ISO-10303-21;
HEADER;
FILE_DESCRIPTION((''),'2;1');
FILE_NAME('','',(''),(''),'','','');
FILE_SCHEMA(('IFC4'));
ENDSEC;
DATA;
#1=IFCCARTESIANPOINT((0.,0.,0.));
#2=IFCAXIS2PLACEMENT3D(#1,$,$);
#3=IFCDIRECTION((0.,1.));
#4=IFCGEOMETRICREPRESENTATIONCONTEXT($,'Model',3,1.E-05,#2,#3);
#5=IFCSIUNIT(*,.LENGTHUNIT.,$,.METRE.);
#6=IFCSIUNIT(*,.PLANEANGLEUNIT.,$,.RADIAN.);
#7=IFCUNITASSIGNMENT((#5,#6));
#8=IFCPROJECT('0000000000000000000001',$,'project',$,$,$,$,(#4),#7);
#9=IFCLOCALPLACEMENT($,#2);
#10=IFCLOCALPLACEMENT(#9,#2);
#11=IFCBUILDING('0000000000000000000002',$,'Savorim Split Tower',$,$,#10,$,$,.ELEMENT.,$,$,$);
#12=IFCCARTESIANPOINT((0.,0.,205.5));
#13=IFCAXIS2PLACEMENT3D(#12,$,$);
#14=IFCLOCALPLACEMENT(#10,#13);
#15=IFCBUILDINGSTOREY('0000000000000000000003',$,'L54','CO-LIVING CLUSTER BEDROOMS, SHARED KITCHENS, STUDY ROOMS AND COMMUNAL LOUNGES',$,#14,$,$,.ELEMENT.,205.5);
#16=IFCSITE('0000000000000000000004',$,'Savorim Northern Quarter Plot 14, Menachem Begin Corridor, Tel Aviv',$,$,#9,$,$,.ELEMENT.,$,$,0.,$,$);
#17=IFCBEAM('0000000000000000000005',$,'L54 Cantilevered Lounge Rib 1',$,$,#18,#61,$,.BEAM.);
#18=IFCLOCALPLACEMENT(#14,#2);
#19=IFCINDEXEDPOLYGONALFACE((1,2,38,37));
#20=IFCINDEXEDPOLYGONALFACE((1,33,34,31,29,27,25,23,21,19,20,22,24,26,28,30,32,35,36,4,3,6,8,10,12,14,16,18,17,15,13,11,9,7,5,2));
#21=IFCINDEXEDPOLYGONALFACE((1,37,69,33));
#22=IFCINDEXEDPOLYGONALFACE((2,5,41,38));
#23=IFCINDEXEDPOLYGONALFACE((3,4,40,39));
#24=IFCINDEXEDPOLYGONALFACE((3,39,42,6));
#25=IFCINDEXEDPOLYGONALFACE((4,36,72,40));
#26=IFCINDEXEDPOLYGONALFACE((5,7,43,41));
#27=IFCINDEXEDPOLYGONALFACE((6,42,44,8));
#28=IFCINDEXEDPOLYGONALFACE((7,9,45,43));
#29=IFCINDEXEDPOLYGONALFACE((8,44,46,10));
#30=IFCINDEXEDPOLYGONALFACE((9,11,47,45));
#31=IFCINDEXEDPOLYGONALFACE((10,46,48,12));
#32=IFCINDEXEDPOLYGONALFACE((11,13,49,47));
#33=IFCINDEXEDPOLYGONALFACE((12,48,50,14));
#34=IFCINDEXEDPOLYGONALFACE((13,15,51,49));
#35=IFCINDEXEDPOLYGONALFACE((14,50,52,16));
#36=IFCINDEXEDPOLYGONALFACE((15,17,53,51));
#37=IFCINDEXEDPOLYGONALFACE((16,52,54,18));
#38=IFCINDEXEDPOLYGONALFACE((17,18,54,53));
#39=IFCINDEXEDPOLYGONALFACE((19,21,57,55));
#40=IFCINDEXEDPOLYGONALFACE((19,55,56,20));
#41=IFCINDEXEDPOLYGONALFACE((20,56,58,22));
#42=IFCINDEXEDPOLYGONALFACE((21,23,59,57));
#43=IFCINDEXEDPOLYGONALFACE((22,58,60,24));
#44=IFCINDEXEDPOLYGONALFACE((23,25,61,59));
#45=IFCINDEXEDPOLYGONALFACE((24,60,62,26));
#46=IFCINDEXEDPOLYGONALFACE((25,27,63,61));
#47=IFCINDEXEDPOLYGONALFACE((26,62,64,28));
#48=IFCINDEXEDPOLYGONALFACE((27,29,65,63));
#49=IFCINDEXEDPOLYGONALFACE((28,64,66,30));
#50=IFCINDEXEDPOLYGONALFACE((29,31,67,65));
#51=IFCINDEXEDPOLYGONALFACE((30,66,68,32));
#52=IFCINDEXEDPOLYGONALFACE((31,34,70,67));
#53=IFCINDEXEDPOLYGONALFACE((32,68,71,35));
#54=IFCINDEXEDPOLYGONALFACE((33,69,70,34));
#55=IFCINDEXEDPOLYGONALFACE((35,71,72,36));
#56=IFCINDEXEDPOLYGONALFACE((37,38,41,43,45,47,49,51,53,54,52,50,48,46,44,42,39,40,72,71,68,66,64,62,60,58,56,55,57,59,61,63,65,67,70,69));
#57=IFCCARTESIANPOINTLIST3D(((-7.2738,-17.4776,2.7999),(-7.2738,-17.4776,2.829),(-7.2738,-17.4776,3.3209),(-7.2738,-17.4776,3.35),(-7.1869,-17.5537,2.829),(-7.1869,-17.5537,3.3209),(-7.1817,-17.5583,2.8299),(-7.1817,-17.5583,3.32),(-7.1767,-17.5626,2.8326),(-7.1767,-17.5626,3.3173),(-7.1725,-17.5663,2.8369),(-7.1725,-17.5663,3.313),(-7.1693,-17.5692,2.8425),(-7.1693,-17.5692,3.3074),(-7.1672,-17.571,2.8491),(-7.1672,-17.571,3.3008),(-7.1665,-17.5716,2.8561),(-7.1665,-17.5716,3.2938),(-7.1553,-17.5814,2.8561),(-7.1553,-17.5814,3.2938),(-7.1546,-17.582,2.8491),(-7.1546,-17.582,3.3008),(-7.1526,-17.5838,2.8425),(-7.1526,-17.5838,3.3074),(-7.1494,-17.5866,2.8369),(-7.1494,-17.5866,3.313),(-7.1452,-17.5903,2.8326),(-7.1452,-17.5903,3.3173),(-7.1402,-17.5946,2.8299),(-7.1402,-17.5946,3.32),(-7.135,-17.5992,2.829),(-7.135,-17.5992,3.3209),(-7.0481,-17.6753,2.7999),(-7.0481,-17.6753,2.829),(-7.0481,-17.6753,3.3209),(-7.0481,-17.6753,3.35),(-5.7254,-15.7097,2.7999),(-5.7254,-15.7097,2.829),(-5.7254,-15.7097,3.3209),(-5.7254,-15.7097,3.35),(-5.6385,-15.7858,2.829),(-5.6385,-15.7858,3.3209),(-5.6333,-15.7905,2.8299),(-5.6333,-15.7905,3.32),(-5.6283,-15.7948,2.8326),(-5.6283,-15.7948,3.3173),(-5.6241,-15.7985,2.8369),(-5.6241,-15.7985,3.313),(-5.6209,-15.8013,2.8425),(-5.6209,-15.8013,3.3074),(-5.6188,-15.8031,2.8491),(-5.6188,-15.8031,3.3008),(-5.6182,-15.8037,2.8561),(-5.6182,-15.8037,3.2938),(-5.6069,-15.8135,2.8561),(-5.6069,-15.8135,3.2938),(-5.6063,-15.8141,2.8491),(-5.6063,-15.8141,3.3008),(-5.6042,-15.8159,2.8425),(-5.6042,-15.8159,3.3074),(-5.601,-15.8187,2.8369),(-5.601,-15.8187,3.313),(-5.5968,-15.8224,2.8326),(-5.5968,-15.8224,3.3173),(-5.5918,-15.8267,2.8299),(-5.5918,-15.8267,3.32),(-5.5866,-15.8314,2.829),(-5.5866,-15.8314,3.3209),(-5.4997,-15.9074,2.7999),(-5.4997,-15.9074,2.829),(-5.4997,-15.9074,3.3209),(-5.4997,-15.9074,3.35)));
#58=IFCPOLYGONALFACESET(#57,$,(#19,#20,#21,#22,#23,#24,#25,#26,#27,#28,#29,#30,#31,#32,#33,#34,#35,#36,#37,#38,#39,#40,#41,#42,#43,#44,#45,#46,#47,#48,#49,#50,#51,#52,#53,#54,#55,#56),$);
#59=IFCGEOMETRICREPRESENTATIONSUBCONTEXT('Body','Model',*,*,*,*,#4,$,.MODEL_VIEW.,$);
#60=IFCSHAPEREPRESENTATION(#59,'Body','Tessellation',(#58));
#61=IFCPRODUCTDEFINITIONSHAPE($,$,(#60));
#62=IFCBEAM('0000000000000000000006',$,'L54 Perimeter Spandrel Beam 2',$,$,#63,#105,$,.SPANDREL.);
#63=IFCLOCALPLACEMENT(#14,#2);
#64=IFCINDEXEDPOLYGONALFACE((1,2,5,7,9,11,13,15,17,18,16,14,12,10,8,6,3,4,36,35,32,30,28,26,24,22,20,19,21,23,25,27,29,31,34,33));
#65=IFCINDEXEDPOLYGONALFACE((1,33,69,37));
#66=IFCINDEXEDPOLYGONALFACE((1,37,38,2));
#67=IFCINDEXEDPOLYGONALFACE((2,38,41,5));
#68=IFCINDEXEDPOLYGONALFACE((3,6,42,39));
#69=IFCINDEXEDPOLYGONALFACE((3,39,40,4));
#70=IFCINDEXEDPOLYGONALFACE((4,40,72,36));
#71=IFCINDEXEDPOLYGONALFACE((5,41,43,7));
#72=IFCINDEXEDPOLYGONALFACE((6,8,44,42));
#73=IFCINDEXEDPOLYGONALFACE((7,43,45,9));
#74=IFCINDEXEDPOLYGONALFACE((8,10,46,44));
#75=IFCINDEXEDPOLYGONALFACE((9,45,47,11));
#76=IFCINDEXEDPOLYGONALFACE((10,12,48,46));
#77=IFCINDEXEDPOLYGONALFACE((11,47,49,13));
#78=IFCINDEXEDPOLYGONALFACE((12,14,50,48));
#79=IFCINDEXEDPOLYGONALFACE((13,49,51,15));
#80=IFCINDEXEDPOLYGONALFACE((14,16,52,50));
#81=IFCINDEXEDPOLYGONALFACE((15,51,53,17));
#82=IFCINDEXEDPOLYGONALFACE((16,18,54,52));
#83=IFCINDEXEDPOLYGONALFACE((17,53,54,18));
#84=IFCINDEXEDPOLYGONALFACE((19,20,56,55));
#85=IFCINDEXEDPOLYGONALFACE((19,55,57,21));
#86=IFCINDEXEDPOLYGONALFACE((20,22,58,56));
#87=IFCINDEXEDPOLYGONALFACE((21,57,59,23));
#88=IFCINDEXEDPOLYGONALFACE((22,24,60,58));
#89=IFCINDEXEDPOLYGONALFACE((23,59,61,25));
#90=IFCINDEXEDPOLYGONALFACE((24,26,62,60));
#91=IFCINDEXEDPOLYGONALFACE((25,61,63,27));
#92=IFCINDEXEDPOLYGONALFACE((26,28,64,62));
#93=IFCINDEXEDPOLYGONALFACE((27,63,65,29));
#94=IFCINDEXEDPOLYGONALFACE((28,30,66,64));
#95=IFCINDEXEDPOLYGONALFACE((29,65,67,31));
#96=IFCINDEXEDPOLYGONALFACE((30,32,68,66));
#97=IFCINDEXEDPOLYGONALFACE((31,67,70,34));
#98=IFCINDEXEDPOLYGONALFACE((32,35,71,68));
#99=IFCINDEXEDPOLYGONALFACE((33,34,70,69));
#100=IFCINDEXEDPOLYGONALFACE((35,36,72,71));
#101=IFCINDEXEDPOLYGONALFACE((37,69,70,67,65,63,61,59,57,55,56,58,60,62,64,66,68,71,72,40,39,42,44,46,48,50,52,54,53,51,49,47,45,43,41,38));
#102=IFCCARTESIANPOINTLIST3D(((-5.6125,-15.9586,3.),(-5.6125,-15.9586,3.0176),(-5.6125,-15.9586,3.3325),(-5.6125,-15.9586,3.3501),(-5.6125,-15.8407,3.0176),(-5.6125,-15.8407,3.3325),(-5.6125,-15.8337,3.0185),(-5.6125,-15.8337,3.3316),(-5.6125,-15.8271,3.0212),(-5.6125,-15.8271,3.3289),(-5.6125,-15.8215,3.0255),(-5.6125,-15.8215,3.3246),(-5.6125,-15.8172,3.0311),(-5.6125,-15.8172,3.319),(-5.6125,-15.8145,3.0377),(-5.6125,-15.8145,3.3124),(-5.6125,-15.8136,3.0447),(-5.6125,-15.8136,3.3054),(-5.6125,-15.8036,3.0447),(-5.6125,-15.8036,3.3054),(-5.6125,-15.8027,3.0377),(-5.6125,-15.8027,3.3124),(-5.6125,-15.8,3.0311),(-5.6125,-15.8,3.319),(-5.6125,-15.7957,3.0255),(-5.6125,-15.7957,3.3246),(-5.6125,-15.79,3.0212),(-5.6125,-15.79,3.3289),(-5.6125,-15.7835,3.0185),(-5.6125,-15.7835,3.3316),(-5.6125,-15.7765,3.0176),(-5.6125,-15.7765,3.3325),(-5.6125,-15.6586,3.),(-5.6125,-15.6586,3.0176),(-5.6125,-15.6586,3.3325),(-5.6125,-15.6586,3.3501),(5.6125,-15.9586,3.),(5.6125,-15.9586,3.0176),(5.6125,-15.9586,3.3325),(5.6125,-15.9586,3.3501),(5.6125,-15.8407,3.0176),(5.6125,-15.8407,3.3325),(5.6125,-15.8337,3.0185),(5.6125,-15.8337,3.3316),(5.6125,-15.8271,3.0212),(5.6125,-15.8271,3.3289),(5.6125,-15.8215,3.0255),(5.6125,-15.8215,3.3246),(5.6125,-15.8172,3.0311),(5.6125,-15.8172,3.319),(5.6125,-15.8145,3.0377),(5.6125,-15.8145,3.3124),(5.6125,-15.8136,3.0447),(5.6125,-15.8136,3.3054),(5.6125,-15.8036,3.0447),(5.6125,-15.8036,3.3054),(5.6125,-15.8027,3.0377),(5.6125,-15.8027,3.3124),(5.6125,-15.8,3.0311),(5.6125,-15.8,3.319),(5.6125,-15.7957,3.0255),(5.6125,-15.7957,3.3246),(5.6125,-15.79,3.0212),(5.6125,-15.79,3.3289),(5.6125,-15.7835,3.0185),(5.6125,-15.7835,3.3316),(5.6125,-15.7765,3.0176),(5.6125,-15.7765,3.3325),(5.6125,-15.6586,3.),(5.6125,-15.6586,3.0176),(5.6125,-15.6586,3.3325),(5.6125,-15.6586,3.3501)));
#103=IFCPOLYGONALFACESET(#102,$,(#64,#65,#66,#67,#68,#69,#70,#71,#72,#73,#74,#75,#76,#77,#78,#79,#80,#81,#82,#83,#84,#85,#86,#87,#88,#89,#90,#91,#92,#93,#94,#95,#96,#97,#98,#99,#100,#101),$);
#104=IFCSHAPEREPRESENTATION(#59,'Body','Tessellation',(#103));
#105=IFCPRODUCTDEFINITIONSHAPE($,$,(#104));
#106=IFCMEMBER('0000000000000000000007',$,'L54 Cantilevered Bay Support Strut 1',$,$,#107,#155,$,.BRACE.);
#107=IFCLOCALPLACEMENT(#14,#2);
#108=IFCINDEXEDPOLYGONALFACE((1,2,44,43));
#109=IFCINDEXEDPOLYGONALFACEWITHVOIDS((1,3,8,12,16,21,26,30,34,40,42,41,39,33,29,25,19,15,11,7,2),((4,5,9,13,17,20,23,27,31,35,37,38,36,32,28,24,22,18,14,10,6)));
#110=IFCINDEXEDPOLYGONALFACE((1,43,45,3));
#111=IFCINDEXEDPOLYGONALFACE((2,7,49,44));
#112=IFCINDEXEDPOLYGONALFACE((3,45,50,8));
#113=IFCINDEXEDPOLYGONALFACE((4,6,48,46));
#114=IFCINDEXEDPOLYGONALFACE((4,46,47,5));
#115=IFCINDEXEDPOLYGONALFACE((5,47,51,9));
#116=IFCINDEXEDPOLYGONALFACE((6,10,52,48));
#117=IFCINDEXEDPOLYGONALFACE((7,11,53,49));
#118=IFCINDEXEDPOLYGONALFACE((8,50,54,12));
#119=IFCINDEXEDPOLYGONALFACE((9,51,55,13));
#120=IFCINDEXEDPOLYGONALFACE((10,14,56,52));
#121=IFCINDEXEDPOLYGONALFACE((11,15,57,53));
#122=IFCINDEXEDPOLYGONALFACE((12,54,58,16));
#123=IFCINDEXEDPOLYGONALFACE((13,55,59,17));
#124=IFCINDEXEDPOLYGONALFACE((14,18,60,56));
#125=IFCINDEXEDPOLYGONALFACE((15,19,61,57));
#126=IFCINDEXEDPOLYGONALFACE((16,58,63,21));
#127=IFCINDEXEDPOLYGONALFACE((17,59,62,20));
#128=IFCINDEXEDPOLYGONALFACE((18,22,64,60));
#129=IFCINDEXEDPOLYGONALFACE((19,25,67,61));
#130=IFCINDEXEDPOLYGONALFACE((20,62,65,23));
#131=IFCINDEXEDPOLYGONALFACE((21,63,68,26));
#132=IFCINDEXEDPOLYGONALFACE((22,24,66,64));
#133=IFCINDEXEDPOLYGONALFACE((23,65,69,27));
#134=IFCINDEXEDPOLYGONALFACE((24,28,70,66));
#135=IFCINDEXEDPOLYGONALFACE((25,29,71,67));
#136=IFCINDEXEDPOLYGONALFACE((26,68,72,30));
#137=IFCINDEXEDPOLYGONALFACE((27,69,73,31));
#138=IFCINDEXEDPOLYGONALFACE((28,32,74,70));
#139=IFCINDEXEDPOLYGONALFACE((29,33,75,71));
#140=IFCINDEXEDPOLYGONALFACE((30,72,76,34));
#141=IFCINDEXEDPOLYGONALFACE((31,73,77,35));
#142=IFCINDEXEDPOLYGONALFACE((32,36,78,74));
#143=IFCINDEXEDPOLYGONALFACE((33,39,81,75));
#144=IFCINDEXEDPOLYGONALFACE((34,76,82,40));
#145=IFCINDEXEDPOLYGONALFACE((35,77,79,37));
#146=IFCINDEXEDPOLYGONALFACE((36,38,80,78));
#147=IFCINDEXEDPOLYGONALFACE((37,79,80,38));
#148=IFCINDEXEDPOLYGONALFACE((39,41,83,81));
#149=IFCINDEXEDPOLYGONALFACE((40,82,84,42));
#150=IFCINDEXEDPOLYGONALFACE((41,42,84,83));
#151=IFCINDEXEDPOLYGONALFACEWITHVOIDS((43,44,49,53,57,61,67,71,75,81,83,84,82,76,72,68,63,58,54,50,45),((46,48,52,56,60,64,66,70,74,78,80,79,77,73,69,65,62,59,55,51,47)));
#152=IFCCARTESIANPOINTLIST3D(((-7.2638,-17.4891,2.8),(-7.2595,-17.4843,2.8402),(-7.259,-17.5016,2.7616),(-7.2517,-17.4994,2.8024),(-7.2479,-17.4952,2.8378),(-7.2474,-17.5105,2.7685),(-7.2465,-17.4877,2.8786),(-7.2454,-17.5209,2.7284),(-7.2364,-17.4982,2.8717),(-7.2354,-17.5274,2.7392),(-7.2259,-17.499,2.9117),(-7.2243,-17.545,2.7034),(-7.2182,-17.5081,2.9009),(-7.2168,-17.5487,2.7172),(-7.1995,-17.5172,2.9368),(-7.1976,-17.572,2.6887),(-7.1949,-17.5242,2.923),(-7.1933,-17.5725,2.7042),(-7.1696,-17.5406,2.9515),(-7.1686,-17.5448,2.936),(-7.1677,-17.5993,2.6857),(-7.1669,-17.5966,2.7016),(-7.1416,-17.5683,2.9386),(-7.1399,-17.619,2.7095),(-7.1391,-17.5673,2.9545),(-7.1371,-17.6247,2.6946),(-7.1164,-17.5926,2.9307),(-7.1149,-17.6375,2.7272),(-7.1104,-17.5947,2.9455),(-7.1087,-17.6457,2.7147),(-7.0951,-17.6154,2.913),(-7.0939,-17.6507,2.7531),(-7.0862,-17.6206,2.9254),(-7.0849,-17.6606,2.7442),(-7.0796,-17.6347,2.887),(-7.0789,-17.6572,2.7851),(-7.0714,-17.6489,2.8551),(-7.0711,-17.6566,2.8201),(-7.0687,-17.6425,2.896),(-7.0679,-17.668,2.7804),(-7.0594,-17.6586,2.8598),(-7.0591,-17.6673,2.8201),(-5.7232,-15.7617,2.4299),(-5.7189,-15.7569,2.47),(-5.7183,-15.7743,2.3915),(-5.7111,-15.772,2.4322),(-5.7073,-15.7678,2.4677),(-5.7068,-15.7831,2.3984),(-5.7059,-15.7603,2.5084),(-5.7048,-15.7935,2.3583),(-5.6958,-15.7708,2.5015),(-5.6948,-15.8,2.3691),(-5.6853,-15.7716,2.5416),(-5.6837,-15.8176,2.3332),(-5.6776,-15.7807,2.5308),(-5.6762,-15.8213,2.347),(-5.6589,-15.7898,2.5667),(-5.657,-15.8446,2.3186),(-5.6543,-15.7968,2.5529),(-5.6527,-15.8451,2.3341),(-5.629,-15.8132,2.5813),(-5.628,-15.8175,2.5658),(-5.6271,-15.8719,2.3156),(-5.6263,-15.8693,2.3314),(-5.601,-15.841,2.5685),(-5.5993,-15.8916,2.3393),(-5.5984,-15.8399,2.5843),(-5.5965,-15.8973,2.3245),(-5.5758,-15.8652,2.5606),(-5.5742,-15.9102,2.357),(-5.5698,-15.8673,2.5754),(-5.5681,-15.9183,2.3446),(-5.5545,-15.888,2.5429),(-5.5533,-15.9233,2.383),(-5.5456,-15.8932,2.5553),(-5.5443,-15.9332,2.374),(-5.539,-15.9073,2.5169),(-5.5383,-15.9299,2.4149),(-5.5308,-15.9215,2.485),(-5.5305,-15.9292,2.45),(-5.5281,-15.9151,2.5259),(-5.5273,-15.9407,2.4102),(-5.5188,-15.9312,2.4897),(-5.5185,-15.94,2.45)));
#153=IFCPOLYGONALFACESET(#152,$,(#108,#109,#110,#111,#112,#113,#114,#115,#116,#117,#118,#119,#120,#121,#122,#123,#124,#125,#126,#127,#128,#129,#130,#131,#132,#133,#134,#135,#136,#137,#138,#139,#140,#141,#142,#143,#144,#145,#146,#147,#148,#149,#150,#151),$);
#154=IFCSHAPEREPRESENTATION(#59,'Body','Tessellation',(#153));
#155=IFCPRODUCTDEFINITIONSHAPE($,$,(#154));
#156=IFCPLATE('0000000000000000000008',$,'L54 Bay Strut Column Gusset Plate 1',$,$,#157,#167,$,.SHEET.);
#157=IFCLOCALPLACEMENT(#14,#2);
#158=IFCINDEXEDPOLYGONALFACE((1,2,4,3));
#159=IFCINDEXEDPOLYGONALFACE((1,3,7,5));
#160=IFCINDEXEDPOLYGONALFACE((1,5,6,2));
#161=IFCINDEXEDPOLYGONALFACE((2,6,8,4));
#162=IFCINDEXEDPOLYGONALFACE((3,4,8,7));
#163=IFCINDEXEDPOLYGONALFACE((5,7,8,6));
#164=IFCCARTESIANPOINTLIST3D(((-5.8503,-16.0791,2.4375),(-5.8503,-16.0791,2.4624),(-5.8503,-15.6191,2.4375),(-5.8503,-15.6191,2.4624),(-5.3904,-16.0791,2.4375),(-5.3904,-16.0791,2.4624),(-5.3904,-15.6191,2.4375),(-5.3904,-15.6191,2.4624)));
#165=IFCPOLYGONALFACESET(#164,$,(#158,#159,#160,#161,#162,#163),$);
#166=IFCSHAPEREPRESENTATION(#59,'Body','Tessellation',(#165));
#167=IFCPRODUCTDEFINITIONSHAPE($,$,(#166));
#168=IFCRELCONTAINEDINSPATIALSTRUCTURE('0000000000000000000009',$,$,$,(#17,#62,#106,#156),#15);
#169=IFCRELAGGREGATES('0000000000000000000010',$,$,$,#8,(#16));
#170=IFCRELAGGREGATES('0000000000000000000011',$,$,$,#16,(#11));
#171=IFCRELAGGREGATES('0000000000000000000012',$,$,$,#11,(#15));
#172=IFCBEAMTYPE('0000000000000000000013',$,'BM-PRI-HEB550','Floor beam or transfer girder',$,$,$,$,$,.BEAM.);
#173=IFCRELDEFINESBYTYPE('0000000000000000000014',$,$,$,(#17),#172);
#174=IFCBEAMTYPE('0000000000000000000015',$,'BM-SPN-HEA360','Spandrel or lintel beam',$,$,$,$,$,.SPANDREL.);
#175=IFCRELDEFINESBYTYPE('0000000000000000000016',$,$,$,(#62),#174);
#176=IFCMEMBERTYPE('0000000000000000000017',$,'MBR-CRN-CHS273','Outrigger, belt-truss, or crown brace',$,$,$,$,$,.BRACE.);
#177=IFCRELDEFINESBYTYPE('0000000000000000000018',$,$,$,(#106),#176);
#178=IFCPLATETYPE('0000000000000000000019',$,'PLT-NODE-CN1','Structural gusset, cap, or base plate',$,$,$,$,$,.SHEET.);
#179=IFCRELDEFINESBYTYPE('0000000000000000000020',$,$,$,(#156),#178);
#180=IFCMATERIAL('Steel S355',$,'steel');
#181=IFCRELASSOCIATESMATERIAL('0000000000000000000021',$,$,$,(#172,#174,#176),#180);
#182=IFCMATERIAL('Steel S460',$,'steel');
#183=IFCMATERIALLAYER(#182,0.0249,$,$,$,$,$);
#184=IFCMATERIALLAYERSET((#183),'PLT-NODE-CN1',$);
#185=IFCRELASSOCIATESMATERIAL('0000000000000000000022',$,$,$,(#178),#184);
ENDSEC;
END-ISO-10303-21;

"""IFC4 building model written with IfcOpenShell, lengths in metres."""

from ifc_helpers import new_model, si_unit, direction, frame, origin, origin_2d, place, context, subcontext, project, spatial, rectangle, hollow_circle, i_section, extrude, material, layer, layer_set, material_profile, profile_set, type_object, element, save


model = new_model("IFC4")

# Units and contexts
model_context = context("Model", 3, precision=1e-05, world=origin(), true_north=direction((0.0, 1.0)))
body_context = subcontext(model_context, "Body", "Model", "MODEL_VIEW")
ifc_project = project(units=[si_unit("LENGTHUNIT", "METRE"), si_unit("PLANEANGLEUNIT", "RADIAN")], contexts=[model_context])

# Site, building, storey
site_placement = place(None, origin())
site = spatial("IfcSite", under=ifc_project, at=site_placement, Name="Savorim Northern Quarter Plot 14, Menachem Begin Corridor, Tel Aviv", CompositionType="ELEMENT", RefElevation=0.0)
building_placement = place(site_placement, origin())
building = spatial("IfcBuilding", under=site, at=building_placement, Name="Savorim Split Tower", CompositionType="ELEMENT")
storey_placement = place(building_placement, frame((0.0, 0.0, 205.5)))
storey = spatial("IfcBuildingStorey", under=building, at=storey_placement, Name="L54", Description="CO-LIVING CLUSTER BEDROOMS, SHARED KITCHENS, STUDY ROOMS AND COMMUNAL LOUNGES", CompositionType="ELEMENT", Elevation=205.5)

# Shared definitions
ifc_material_1 = material(Name="Steel S355", Category="steel")

# Beams
ifc_material_profile_1 = material_profile(ifc_material_1, i_section(OverallWidth=0.3, OverallDepth=0.55, WebThickness=0.0149, FlangeThickness=0.0291, FilletRadius=0.0271, at=origin_2d()), Name="HEB 550")
ifc_profile_set_1 = profile_set([ifc_material_profile_1], Name="Steel S355")
beam_type_1 = type_object("IfcBeamType", Name="BM-PRI-HEB550", Description="Floor beam or transfer girder", PredefinedType="BEAM", material=ifc_profile_set_1)
beam_1_placement = place(storey_placement, frame((-5.6125, -15.8086, 3.075), z_axis=(-0.658865, -0.752261, 0.0), x_axis=(0.752261, -0.658865, 0.0)))
element("IfcBeam", 1, at=beam_1_placement, inside=storey, type_object=beam_type_1, Name="L54 Cantilevered Lounge Rib 1", PredefinedType="BEAM", context=body_context, shape_type="SweptSolid", body=[
    extrude(i_section(OverallWidth=0.3, OverallDepth=0.55, WebThickness=0.0149, FlangeThickness=0.0291, FilletRadius=0.0271, at=origin_2d()), origin(), (0.0, 0.0, 1.0), 2.3501),
])
ifc_material_profile_2 = material_profile(ifc_material_1, i_section(OverallWidth=0.3, OverallDepth=0.3501, WebThickness=0.01, FlangeThickness=0.0176, FilletRadius=0.0271, at=origin_2d()), Name="HEA 360")
ifc_profile_set_2 = profile_set([ifc_material_profile_2], Name="Steel S355")
beam_type_2 = type_object("IfcBeamType", Name="BM-SPN-HEA360", Description="Spandrel or lintel beam", PredefinedType="SPANDREL", material=ifc_profile_set_2)
beam_2_placement = place(storey_placement, frame((-5.6125, -15.8086, 3.175), z_axis=(1.0, 0.0, 0.0), x_axis=(0.0, 1.0, 0.0)))
element("IfcBeam", 2, at=beam_2_placement, inside=storey, type_object=beam_type_2, Name="L54 Perimeter Spandrel Beam 2", PredefinedType="SPANDREL", context=body_context, shape_type="SweptSolid", body=[
    extrude(i_section(OverallWidth=0.3, OverallDepth=0.3501, WebThickness=0.01, FlangeThickness=0.0176, FilletRadius=0.0271, at=origin_2d()), origin(), (0.0, 0.0, 1.0), 11.2251),
])

# Member
ifc_material_profile_3 = material_profile(ifc_material_1, hollow_circle(Radius=0.1365, WallThickness=0.0161, at=origin_2d()), Name="CHS 273x16")
ifc_profile_set_3 = profile_set([ifc_material_profile_3], Name="Steel S355")
member_type = type_object("IfcMemberType", Name="MBR-CRN-CHS273", Description="Outrigger, belt-truss, or crown brace", PredefinedType="BRACE", material=ifc_profile_set_3)
member_placement = place(storey_placement, frame((-5.6204, -15.8491, 2.45), z_axis=(-0.657256, -0.736939, 0.157908), x_axis=(0.746303, -0.665607, 0.0)))
element("IfcMember", 3, at=member_placement, inside=storey, type_object=member_type, Name="L54 Cantilevered Bay Support Strut 1", PredefinedType="BRACE", context=body_context, shape_type="SweptSolid", body=[
    extrude(hollow_circle(Radius=0.1365, WallThickness=0.0161, at=origin_2d()), origin(), (0.0, 0.0, 1.0), 2.344),
])

# Plate
ifc_material_2 = material(Name="Steel S460", Category="steel")
ifc_layer_1 = layer(ifc_material_2, 0.0249)
ifc_layer_set_1 = layer_set([ifc_layer_1], Name="PLT-NODE-CN1")
plate_type = type_object("IfcPlateType", Name="PLT-NODE-CN1", Description="Structural gusset, cap, or base plate", PredefinedType="SHEET", material=ifc_layer_set_1)
plate_placement = place(storey_placement, frame((-5.6204, -15.8491, 2.4375), z_axis=(0.0, 0.0, 1.0), x_axis=(1.0, 0.0, 0.0)))
element("IfcPlate", 4, at=plate_placement, inside=storey, type_object=plate_type, Name="L54 Bay Strut Column Gusset Plate 1", PredefinedType="SHEET", context=body_context, shape_type="SweptSolid", body=[
    extrude(rectangle(XDim=0.46, YDim=0.46, at=origin_2d()), origin(), (0.0, 0.0, 1.0), 0.0249),
])

save(model, "model.ifc")
